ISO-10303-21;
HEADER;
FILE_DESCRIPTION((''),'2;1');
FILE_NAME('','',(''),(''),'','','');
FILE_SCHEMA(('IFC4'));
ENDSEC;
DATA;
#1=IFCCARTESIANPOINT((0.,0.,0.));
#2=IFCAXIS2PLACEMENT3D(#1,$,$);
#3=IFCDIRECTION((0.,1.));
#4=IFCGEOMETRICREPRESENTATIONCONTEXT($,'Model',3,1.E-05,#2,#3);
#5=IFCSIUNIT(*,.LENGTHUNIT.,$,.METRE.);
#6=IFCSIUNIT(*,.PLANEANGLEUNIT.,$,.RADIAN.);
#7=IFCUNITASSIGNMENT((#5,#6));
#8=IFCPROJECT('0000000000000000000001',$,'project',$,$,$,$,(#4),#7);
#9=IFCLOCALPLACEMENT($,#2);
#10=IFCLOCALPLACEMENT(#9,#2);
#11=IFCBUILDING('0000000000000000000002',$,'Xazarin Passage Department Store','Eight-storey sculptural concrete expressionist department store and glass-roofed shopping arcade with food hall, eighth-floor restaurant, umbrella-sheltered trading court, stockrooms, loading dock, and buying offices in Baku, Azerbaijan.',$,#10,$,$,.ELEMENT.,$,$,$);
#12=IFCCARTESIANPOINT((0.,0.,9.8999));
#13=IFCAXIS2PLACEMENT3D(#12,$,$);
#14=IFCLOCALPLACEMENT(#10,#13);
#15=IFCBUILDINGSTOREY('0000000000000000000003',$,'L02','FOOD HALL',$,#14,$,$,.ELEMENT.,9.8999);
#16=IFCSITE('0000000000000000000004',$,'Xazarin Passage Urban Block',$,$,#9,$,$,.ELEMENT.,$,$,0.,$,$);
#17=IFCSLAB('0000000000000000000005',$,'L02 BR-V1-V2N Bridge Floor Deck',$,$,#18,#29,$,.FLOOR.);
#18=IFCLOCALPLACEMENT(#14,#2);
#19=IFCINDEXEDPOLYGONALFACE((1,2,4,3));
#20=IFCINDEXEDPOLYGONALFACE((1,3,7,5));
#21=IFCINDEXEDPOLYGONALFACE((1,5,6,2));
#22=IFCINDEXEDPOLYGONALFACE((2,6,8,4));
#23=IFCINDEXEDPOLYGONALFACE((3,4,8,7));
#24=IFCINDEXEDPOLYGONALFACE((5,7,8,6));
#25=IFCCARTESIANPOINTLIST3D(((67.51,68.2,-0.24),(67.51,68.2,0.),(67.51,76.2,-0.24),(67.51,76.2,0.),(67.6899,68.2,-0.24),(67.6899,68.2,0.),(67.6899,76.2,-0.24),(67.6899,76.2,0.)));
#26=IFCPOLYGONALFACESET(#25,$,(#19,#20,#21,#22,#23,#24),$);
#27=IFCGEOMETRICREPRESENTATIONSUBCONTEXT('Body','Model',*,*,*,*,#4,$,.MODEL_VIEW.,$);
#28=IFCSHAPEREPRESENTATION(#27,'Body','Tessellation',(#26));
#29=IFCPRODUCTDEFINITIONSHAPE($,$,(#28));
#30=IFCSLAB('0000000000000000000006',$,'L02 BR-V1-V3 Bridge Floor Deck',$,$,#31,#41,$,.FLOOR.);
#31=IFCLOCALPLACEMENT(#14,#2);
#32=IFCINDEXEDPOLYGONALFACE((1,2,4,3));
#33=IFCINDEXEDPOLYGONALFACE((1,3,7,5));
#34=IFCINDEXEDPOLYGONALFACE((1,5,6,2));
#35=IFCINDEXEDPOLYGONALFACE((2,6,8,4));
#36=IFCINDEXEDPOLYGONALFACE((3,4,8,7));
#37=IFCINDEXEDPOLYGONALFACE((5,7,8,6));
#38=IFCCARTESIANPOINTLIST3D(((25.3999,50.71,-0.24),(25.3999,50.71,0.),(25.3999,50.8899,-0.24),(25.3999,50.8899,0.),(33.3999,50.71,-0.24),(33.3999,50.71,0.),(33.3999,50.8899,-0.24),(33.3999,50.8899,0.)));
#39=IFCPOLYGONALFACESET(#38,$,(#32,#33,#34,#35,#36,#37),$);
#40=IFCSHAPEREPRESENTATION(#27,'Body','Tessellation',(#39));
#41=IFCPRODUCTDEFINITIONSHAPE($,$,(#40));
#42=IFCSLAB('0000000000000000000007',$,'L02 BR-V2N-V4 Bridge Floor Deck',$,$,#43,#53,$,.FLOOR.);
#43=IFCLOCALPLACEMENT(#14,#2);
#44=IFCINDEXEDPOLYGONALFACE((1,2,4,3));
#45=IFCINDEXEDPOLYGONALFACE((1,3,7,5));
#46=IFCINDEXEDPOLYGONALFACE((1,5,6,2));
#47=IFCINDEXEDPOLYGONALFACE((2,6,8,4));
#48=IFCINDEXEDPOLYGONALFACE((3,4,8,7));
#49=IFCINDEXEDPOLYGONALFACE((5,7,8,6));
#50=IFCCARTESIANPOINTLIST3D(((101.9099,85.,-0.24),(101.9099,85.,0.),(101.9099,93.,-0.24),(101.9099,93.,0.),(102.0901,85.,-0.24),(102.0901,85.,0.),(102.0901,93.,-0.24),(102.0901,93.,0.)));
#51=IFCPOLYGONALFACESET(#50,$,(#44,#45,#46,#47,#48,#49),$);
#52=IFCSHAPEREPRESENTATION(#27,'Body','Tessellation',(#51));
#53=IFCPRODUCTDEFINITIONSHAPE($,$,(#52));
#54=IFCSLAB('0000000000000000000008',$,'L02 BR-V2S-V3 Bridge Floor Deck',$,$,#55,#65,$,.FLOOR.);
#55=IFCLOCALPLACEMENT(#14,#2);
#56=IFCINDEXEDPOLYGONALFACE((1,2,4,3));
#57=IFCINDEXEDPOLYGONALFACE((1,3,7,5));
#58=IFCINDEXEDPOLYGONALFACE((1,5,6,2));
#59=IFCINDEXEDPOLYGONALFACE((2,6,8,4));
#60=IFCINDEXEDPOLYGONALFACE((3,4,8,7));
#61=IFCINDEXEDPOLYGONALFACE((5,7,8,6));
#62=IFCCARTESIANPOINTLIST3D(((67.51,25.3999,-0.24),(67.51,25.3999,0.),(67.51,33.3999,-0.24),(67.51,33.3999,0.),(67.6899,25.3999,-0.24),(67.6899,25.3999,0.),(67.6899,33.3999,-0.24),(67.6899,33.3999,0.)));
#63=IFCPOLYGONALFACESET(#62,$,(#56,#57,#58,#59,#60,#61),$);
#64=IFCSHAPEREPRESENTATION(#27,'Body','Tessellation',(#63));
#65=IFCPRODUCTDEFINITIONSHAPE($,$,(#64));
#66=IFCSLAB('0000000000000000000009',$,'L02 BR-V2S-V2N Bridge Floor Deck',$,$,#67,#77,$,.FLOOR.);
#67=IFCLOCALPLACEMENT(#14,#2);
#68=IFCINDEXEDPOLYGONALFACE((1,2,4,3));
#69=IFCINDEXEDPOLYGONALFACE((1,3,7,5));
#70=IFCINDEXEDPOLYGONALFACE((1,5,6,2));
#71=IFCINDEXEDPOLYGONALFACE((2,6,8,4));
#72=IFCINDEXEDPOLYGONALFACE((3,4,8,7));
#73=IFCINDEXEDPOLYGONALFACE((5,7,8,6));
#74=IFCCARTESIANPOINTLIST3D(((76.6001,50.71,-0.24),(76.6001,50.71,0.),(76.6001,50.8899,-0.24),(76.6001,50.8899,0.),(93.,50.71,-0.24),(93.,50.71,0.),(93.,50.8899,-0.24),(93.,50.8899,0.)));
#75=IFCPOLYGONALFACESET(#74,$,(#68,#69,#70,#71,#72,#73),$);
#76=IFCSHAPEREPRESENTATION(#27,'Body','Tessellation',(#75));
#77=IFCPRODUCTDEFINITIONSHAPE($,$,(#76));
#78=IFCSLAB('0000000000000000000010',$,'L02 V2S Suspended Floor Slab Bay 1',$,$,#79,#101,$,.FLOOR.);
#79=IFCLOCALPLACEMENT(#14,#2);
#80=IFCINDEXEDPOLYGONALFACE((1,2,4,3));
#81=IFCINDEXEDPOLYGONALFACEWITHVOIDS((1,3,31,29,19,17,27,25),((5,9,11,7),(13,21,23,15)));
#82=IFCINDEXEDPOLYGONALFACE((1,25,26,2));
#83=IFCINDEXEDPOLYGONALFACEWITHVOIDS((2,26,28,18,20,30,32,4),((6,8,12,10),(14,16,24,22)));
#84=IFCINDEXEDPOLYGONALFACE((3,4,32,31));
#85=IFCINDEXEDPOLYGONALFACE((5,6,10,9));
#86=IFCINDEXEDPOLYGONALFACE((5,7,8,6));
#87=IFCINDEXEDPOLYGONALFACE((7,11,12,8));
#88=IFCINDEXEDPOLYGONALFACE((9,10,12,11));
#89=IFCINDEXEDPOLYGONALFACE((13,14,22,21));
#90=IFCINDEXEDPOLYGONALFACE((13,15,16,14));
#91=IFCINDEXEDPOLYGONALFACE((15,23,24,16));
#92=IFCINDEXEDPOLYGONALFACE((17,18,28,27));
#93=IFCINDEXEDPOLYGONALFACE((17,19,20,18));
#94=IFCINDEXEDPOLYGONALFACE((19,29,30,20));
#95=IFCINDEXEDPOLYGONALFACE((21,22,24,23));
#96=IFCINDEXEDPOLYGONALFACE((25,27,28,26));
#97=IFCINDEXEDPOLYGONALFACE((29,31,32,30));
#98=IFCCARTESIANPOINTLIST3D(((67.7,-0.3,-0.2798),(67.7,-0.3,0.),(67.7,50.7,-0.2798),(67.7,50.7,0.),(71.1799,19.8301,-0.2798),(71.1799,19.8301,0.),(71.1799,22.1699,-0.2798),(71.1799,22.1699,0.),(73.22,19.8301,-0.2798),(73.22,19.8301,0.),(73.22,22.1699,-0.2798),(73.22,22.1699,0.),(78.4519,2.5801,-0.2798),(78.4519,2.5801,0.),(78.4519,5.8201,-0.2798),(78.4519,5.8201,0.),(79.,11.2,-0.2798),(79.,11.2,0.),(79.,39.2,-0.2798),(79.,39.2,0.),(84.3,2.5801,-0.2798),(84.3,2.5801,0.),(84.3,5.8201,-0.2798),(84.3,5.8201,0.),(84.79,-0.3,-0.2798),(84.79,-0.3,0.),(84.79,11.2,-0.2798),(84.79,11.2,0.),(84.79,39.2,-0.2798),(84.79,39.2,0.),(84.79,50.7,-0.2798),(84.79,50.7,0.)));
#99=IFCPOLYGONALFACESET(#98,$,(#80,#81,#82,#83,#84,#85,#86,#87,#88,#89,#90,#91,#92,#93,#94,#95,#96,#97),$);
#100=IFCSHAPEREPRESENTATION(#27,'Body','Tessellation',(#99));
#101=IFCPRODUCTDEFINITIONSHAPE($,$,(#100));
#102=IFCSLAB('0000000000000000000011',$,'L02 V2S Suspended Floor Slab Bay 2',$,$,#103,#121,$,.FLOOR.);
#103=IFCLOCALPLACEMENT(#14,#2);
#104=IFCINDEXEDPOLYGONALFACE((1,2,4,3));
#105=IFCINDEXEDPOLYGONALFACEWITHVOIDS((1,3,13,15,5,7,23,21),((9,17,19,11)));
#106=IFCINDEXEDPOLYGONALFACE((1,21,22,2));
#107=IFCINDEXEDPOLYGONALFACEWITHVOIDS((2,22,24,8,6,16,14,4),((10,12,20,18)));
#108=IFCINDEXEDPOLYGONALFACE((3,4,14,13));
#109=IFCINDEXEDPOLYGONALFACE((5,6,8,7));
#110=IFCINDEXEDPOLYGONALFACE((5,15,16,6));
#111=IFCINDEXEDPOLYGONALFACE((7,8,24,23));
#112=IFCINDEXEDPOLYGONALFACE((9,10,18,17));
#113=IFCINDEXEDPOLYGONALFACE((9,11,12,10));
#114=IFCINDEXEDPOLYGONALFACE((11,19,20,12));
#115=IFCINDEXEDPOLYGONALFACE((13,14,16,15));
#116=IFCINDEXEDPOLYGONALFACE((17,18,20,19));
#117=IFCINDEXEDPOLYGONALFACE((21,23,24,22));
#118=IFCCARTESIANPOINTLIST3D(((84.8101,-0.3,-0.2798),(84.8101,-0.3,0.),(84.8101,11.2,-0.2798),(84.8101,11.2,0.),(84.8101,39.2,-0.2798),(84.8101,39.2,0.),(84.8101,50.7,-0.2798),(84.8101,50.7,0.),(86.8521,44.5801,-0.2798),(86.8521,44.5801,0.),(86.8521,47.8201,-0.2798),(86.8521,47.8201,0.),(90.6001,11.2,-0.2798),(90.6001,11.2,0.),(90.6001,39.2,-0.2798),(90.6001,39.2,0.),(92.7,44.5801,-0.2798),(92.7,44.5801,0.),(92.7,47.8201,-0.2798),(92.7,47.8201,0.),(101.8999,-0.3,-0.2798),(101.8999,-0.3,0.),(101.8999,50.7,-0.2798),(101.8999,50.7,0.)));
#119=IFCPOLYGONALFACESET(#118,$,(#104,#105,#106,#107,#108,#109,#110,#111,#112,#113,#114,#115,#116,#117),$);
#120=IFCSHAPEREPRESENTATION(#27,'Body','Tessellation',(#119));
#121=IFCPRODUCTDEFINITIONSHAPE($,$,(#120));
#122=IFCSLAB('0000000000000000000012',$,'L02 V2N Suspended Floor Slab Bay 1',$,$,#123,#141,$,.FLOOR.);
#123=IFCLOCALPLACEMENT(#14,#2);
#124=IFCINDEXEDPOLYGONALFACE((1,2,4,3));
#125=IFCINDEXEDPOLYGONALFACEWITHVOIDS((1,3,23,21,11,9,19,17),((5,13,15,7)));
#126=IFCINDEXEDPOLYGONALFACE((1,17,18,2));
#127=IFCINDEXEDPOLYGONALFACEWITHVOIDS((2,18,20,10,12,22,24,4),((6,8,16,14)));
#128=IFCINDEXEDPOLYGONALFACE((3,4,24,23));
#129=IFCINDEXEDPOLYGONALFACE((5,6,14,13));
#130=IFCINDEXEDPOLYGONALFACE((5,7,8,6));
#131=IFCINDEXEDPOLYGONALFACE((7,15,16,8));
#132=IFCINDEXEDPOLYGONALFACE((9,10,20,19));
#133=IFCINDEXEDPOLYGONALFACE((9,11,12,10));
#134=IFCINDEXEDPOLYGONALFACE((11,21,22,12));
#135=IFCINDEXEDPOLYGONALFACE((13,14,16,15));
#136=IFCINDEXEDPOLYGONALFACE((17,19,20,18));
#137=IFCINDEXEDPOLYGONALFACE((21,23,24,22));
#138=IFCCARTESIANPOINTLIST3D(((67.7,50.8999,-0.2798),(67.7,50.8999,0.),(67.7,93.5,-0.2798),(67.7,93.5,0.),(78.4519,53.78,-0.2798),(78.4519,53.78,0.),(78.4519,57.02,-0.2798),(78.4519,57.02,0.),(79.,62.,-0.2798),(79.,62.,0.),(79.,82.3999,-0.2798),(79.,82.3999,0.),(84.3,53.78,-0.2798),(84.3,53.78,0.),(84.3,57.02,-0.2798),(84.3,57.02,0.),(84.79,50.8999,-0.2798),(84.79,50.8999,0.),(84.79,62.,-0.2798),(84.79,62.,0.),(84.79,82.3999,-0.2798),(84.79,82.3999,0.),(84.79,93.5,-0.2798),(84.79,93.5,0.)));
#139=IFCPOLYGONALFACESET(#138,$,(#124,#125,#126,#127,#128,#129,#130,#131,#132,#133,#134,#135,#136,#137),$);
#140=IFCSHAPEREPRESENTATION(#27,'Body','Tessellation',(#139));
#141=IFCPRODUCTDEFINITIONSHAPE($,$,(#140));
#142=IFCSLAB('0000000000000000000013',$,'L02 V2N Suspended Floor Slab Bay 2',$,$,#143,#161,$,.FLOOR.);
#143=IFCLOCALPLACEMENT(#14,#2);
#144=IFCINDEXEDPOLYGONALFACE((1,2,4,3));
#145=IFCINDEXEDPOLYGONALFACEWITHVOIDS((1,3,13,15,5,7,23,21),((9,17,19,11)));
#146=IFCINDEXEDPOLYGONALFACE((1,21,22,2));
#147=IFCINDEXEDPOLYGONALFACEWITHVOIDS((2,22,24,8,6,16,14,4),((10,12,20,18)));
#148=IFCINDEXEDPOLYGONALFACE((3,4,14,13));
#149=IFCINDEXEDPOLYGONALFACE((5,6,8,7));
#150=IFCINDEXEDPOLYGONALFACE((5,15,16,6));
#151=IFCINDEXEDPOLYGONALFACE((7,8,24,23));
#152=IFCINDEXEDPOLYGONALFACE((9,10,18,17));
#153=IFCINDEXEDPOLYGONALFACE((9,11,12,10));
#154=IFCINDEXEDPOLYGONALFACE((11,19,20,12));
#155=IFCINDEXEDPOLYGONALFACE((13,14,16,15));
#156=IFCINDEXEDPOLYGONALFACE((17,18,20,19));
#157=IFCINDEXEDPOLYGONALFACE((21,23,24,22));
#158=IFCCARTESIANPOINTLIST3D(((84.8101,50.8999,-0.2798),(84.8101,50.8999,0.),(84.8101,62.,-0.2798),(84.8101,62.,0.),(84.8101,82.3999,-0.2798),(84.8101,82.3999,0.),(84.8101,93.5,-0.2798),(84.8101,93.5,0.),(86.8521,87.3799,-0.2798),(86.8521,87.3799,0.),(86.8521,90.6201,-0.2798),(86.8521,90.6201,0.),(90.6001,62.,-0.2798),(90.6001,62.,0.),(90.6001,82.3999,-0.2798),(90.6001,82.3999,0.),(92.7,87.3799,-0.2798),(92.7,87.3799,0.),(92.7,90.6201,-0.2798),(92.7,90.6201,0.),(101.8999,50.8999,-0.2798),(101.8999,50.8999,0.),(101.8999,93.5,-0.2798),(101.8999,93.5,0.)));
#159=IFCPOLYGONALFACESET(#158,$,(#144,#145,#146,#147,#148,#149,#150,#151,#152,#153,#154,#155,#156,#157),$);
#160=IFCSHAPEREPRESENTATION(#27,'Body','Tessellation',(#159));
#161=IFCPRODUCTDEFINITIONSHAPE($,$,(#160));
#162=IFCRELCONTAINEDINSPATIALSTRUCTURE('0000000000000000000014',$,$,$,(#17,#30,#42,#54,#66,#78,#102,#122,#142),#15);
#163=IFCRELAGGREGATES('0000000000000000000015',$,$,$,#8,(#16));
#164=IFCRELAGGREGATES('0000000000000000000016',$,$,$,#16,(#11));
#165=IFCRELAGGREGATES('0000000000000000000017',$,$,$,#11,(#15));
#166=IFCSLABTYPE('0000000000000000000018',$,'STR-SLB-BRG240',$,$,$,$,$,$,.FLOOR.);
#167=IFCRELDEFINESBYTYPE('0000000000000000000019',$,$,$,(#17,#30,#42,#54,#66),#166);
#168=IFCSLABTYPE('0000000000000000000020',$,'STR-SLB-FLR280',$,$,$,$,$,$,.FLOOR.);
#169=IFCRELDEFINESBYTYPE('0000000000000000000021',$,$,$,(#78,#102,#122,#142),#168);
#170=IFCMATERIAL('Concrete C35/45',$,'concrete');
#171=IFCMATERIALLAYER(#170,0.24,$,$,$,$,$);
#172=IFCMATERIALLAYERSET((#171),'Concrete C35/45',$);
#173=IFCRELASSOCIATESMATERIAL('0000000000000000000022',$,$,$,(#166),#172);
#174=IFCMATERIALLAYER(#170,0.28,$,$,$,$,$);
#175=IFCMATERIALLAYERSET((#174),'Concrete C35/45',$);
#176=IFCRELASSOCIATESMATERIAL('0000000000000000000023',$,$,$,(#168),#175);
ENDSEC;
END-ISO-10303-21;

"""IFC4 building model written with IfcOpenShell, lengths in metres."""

from ifc_helpers import new_model, si_unit, direction, frame, origin, place, context, subcontext, project, spatial, polyline, outline, extrude, material, layer, layer_set, type_object, element, save


model = new_model("IFC4")

# Units and contexts
model_context = context("Model", 3, precision=1e-05, world=origin(), true_north=direction((0.0, 1.0)))
body_context = subcontext(model_context, "Body", "Model", "MODEL_VIEW")
ifc_project = project(units=[si_unit("LENGTHUNIT", "METRE"), si_unit("PLANEANGLEUNIT", "RADIAN")], contexts=[model_context])

# Site, building, storey
site_placement = place(None, origin())
site = spatial("IfcSite", under=ifc_project, at=site_placement, Name="Xazarin Passage Urban Block", CompositionType="ELEMENT", RefElevation=0.0)
building_placement = place(site_placement, origin())
building = spatial("IfcBuilding", under=site, at=building_placement, Name="Xazarin Passage Department Store", Description="Eight-storey sculptural concrete expressionist department store and glass-roofed shopping arcade with food hall, eighth-floor restaurant, umbrella-sheltered trading court, stockrooms, loading dock, and buying offices in Baku, Azerbaijan.", CompositionType="ELEMENT")
storey_placement = place(building_placement, frame((0.0, 0.0, 9.8999)))
storey = spatial("IfcBuildingStorey", under=building, at=storey_placement, Name="L02", Description="FOOD HALL", CompositionType="ELEMENT", Elevation=9.8999)

# Slabs
ifc_material_1 = material(Name="Concrete C35/45", Category="concrete")
ifc_layer_1 = layer(ifc_material_1, 0.24)
ifc_layer_set_1 = layer_set([ifc_layer_1], Name="Concrete C35/45")
slab_type_1 = type_object("IfcSlabType", Name="STR-SLB-BRG240", PredefinedType="FLOOR", material=ifc_layer_set_1)
slab_1_placement = place(storey_placement, frame((0.0, 0.0, -0.24)))
element("IfcSlab", 1, at=slab_1_placement, inside=storey, type_object=slab_type_1, Name="L02 BR-V1-V2N Bridge Floor Deck", PredefinedType="FLOOR", context=body_context, shape_type="SweptSolid", body=[
    extrude(outline(polyline([(67.51, 68.2), (67.6899, 68.2), (67.6899, 76.2), (67.51, 76.2), (67.51, 68.2)])), origin(), (0.0, 0.0, 1.0), 0.24),
])
slab_2_placement = place(storey_placement, frame((0.0, 0.0, -0.24)))
element("IfcSlab", 2, at=slab_2_placement, inside=storey, type_object=slab_type_1, Name="L02 BR-V1-V3 Bridge Floor Deck", PredefinedType="FLOOR", context=body_context, shape_type="SweptSolid", body=[
    extrude(outline(polyline([(25.3999, 50.71), (33.3999, 50.71), (33.3999, 50.8899), (25.3999, 50.8899), (25.3999, 50.71)])), origin(), (0.0, 0.0, 1.0), 0.24),
])
slab_3_placement = place(storey_placement, frame((0.0, 0.0, -0.24)))
element("IfcSlab", 3, at=slab_3_placement, inside=storey, type_object=slab_type_1, Name="L02 BR-V2N-V4 Bridge Floor Deck", PredefinedType="FLOOR", context=body_context, shape_type="SweptSolid", body=[
    extrude(outline(polyline([(101.9099, 85.0), (102.0901, 85.0), (102.0901, 93.0), (101.9099, 93.0), (101.9099, 85.0)])), origin(), (0.0, 0.0, 1.0), 0.24),
])
slab_4_placement = place(storey_placement, frame((0.0, 0.0, -0.24)))
element("IfcSlab", 4, at=slab_4_placement, inside=storey, type_object=slab_type_1, Name="L02 BR-V2S-V3 Bridge Floor Deck", PredefinedType="FLOOR", context=body_context, shape_type="SweptSolid", body=[
    extrude(outline(polyline([(67.51, 25.3999), (67.6899, 25.3999), (67.6899, 33.3999), (67.51, 33.3999), (67.51, 25.3999)])), origin(), (0.0, 0.0, 1.0), 0.24),
])
slab_5_placement = place(storey_placement, frame((0.0, 0.0, -0.24)))
element("IfcSlab", 5, at=slab_5_placement, inside=storey, type_object=slab_type_1, Name="L02 BR-V2S-V2N Bridge Floor Deck", PredefinedType="FLOOR", context=body_context, shape_type="SweptSolid", body=[
    extrude(outline(polyline([(76.6001, 50.71), (93.0, 50.71), (93.0, 50.8899), (76.6001, 50.8899), (76.6001, 50.71)])), origin(), (0.0, 0.0, 1.0), 0.24),
])
ifc_layer_2 = layer(ifc_material_1, 0.28)
ifc_layer_set_2 = layer_set([ifc_layer_2], Name="Concrete C35/45")
slab_type_2 = type_object("IfcSlabType", Name="STR-SLB-FLR280", PredefinedType="FLOOR", material=ifc_layer_set_2)
slab_6_placement = place(storey_placement, frame((0.0, 0.0, -0.2798)))
element("IfcSlab", 6, at=slab_6_placement, inside=storey, type_object=slab_type_2, Name="L02 V2S Suspended Floor Slab Bay 1", PredefinedType="FLOOR", context=body_context, shape_type="SweptSolid", body=[
    extrude(outline(polyline([(67.7, -0.3), (84.79, -0.3), (84.79, 11.2), (79.0, 11.2), (79.0, 39.2), (84.79, 39.2), (84.79, 50.7), (67.7, 50.7), (67.7, -0.3)]), holes=[polyline([(78.4519, 5.8201), (84.3, 5.8201), (84.3, 2.5801), (78.4519, 2.5801), (78.4519, 5.8201)]), polyline([(71.1799, 19.8301), (71.1799, 22.1699), (73.22, 22.1699), (73.22, 19.8301), (71.1799, 19.8301)])]), origin(), (0.0, 0.0, 1.0), 0.2798),
])
slab_7_placement = place(storey_placement, frame((0.0, 0.0, -0.2798)))
element("IfcSlab", 7, at=slab_7_placement, inside=storey, type_object=slab_type_2, Name="L02 V2S Suspended Floor Slab Bay 2", PredefinedType="FLOOR", context=body_context, shape_type="SweptSolid", body=[
    extrude(outline(polyline([(84.8101, 50.7), (84.8101, 39.2), (90.6001, 39.2), (90.6001, 11.2), (84.8101, 11.2), (84.8101, -0.3), (101.8999, -0.3), (101.8999, 50.7), (84.8101, 50.7)]), holes=[polyline([(86.8521, 47.8201), (92.7, 47.8201), (92.7, 44.5801), (86.8521, 44.5801), (86.8521, 47.8201)])]), origin(), (0.0, 0.0, 1.0), 0.2798),
])
slab_8_placement = place(storey_placement, frame((0.0, 0.0, -0.2798)))
element("IfcSlab", 8, at=slab_8_placement, inside=storey, type_object=slab_type_2, Name="L02 V2N Suspended Floor Slab Bay 1", PredefinedType="FLOOR", context=body_context, shape_type="SweptSolid", body=[
    extrude(outline(polyline([(67.7, 50.8999), (84.79, 50.8999), (84.79, 62.0), (79.0, 62.0), (79.0, 82.3999), (84.79, 82.3999), (84.79, 93.5), (67.7, 93.5), (67.7, 50.8999)]), holes=[polyline([(78.4519, 53.78), (78.4519, 57.02), (84.3, 57.02), (84.3, 53.78), (78.4519, 53.78)])]), origin(), (0.0, 0.0, 1.0), 0.2798),
])
slab_9_placement = place(storey_placement, frame((0.0, 0.0, -0.2798)))
element("IfcSlab", 9, at=slab_9_placement, inside=storey, type_object=slab_type_2, Name="L02 V2N Suspended Floor Slab Bay 2", PredefinedType="FLOOR", context=body_context, shape_type="SweptSolid", body=[
    extrude(outline(polyline([(84.8101, 93.5), (84.8101, 82.3999), (90.6001, 82.3999), (90.6001, 62.0), (84.8101, 62.0), (84.8101, 50.8999), (101.8999, 50.8999), (101.8999, 93.5), (84.8101, 93.5)]), holes=[polyline([(86.8521, 90.6201), (92.7, 90.6201), (92.7, 87.3799), (86.8521, 87.3799), (86.8521, 90.6201)])]), origin(), (0.0, 0.0, 1.0), 0.2798),
])

save(model, "model.ifc")
